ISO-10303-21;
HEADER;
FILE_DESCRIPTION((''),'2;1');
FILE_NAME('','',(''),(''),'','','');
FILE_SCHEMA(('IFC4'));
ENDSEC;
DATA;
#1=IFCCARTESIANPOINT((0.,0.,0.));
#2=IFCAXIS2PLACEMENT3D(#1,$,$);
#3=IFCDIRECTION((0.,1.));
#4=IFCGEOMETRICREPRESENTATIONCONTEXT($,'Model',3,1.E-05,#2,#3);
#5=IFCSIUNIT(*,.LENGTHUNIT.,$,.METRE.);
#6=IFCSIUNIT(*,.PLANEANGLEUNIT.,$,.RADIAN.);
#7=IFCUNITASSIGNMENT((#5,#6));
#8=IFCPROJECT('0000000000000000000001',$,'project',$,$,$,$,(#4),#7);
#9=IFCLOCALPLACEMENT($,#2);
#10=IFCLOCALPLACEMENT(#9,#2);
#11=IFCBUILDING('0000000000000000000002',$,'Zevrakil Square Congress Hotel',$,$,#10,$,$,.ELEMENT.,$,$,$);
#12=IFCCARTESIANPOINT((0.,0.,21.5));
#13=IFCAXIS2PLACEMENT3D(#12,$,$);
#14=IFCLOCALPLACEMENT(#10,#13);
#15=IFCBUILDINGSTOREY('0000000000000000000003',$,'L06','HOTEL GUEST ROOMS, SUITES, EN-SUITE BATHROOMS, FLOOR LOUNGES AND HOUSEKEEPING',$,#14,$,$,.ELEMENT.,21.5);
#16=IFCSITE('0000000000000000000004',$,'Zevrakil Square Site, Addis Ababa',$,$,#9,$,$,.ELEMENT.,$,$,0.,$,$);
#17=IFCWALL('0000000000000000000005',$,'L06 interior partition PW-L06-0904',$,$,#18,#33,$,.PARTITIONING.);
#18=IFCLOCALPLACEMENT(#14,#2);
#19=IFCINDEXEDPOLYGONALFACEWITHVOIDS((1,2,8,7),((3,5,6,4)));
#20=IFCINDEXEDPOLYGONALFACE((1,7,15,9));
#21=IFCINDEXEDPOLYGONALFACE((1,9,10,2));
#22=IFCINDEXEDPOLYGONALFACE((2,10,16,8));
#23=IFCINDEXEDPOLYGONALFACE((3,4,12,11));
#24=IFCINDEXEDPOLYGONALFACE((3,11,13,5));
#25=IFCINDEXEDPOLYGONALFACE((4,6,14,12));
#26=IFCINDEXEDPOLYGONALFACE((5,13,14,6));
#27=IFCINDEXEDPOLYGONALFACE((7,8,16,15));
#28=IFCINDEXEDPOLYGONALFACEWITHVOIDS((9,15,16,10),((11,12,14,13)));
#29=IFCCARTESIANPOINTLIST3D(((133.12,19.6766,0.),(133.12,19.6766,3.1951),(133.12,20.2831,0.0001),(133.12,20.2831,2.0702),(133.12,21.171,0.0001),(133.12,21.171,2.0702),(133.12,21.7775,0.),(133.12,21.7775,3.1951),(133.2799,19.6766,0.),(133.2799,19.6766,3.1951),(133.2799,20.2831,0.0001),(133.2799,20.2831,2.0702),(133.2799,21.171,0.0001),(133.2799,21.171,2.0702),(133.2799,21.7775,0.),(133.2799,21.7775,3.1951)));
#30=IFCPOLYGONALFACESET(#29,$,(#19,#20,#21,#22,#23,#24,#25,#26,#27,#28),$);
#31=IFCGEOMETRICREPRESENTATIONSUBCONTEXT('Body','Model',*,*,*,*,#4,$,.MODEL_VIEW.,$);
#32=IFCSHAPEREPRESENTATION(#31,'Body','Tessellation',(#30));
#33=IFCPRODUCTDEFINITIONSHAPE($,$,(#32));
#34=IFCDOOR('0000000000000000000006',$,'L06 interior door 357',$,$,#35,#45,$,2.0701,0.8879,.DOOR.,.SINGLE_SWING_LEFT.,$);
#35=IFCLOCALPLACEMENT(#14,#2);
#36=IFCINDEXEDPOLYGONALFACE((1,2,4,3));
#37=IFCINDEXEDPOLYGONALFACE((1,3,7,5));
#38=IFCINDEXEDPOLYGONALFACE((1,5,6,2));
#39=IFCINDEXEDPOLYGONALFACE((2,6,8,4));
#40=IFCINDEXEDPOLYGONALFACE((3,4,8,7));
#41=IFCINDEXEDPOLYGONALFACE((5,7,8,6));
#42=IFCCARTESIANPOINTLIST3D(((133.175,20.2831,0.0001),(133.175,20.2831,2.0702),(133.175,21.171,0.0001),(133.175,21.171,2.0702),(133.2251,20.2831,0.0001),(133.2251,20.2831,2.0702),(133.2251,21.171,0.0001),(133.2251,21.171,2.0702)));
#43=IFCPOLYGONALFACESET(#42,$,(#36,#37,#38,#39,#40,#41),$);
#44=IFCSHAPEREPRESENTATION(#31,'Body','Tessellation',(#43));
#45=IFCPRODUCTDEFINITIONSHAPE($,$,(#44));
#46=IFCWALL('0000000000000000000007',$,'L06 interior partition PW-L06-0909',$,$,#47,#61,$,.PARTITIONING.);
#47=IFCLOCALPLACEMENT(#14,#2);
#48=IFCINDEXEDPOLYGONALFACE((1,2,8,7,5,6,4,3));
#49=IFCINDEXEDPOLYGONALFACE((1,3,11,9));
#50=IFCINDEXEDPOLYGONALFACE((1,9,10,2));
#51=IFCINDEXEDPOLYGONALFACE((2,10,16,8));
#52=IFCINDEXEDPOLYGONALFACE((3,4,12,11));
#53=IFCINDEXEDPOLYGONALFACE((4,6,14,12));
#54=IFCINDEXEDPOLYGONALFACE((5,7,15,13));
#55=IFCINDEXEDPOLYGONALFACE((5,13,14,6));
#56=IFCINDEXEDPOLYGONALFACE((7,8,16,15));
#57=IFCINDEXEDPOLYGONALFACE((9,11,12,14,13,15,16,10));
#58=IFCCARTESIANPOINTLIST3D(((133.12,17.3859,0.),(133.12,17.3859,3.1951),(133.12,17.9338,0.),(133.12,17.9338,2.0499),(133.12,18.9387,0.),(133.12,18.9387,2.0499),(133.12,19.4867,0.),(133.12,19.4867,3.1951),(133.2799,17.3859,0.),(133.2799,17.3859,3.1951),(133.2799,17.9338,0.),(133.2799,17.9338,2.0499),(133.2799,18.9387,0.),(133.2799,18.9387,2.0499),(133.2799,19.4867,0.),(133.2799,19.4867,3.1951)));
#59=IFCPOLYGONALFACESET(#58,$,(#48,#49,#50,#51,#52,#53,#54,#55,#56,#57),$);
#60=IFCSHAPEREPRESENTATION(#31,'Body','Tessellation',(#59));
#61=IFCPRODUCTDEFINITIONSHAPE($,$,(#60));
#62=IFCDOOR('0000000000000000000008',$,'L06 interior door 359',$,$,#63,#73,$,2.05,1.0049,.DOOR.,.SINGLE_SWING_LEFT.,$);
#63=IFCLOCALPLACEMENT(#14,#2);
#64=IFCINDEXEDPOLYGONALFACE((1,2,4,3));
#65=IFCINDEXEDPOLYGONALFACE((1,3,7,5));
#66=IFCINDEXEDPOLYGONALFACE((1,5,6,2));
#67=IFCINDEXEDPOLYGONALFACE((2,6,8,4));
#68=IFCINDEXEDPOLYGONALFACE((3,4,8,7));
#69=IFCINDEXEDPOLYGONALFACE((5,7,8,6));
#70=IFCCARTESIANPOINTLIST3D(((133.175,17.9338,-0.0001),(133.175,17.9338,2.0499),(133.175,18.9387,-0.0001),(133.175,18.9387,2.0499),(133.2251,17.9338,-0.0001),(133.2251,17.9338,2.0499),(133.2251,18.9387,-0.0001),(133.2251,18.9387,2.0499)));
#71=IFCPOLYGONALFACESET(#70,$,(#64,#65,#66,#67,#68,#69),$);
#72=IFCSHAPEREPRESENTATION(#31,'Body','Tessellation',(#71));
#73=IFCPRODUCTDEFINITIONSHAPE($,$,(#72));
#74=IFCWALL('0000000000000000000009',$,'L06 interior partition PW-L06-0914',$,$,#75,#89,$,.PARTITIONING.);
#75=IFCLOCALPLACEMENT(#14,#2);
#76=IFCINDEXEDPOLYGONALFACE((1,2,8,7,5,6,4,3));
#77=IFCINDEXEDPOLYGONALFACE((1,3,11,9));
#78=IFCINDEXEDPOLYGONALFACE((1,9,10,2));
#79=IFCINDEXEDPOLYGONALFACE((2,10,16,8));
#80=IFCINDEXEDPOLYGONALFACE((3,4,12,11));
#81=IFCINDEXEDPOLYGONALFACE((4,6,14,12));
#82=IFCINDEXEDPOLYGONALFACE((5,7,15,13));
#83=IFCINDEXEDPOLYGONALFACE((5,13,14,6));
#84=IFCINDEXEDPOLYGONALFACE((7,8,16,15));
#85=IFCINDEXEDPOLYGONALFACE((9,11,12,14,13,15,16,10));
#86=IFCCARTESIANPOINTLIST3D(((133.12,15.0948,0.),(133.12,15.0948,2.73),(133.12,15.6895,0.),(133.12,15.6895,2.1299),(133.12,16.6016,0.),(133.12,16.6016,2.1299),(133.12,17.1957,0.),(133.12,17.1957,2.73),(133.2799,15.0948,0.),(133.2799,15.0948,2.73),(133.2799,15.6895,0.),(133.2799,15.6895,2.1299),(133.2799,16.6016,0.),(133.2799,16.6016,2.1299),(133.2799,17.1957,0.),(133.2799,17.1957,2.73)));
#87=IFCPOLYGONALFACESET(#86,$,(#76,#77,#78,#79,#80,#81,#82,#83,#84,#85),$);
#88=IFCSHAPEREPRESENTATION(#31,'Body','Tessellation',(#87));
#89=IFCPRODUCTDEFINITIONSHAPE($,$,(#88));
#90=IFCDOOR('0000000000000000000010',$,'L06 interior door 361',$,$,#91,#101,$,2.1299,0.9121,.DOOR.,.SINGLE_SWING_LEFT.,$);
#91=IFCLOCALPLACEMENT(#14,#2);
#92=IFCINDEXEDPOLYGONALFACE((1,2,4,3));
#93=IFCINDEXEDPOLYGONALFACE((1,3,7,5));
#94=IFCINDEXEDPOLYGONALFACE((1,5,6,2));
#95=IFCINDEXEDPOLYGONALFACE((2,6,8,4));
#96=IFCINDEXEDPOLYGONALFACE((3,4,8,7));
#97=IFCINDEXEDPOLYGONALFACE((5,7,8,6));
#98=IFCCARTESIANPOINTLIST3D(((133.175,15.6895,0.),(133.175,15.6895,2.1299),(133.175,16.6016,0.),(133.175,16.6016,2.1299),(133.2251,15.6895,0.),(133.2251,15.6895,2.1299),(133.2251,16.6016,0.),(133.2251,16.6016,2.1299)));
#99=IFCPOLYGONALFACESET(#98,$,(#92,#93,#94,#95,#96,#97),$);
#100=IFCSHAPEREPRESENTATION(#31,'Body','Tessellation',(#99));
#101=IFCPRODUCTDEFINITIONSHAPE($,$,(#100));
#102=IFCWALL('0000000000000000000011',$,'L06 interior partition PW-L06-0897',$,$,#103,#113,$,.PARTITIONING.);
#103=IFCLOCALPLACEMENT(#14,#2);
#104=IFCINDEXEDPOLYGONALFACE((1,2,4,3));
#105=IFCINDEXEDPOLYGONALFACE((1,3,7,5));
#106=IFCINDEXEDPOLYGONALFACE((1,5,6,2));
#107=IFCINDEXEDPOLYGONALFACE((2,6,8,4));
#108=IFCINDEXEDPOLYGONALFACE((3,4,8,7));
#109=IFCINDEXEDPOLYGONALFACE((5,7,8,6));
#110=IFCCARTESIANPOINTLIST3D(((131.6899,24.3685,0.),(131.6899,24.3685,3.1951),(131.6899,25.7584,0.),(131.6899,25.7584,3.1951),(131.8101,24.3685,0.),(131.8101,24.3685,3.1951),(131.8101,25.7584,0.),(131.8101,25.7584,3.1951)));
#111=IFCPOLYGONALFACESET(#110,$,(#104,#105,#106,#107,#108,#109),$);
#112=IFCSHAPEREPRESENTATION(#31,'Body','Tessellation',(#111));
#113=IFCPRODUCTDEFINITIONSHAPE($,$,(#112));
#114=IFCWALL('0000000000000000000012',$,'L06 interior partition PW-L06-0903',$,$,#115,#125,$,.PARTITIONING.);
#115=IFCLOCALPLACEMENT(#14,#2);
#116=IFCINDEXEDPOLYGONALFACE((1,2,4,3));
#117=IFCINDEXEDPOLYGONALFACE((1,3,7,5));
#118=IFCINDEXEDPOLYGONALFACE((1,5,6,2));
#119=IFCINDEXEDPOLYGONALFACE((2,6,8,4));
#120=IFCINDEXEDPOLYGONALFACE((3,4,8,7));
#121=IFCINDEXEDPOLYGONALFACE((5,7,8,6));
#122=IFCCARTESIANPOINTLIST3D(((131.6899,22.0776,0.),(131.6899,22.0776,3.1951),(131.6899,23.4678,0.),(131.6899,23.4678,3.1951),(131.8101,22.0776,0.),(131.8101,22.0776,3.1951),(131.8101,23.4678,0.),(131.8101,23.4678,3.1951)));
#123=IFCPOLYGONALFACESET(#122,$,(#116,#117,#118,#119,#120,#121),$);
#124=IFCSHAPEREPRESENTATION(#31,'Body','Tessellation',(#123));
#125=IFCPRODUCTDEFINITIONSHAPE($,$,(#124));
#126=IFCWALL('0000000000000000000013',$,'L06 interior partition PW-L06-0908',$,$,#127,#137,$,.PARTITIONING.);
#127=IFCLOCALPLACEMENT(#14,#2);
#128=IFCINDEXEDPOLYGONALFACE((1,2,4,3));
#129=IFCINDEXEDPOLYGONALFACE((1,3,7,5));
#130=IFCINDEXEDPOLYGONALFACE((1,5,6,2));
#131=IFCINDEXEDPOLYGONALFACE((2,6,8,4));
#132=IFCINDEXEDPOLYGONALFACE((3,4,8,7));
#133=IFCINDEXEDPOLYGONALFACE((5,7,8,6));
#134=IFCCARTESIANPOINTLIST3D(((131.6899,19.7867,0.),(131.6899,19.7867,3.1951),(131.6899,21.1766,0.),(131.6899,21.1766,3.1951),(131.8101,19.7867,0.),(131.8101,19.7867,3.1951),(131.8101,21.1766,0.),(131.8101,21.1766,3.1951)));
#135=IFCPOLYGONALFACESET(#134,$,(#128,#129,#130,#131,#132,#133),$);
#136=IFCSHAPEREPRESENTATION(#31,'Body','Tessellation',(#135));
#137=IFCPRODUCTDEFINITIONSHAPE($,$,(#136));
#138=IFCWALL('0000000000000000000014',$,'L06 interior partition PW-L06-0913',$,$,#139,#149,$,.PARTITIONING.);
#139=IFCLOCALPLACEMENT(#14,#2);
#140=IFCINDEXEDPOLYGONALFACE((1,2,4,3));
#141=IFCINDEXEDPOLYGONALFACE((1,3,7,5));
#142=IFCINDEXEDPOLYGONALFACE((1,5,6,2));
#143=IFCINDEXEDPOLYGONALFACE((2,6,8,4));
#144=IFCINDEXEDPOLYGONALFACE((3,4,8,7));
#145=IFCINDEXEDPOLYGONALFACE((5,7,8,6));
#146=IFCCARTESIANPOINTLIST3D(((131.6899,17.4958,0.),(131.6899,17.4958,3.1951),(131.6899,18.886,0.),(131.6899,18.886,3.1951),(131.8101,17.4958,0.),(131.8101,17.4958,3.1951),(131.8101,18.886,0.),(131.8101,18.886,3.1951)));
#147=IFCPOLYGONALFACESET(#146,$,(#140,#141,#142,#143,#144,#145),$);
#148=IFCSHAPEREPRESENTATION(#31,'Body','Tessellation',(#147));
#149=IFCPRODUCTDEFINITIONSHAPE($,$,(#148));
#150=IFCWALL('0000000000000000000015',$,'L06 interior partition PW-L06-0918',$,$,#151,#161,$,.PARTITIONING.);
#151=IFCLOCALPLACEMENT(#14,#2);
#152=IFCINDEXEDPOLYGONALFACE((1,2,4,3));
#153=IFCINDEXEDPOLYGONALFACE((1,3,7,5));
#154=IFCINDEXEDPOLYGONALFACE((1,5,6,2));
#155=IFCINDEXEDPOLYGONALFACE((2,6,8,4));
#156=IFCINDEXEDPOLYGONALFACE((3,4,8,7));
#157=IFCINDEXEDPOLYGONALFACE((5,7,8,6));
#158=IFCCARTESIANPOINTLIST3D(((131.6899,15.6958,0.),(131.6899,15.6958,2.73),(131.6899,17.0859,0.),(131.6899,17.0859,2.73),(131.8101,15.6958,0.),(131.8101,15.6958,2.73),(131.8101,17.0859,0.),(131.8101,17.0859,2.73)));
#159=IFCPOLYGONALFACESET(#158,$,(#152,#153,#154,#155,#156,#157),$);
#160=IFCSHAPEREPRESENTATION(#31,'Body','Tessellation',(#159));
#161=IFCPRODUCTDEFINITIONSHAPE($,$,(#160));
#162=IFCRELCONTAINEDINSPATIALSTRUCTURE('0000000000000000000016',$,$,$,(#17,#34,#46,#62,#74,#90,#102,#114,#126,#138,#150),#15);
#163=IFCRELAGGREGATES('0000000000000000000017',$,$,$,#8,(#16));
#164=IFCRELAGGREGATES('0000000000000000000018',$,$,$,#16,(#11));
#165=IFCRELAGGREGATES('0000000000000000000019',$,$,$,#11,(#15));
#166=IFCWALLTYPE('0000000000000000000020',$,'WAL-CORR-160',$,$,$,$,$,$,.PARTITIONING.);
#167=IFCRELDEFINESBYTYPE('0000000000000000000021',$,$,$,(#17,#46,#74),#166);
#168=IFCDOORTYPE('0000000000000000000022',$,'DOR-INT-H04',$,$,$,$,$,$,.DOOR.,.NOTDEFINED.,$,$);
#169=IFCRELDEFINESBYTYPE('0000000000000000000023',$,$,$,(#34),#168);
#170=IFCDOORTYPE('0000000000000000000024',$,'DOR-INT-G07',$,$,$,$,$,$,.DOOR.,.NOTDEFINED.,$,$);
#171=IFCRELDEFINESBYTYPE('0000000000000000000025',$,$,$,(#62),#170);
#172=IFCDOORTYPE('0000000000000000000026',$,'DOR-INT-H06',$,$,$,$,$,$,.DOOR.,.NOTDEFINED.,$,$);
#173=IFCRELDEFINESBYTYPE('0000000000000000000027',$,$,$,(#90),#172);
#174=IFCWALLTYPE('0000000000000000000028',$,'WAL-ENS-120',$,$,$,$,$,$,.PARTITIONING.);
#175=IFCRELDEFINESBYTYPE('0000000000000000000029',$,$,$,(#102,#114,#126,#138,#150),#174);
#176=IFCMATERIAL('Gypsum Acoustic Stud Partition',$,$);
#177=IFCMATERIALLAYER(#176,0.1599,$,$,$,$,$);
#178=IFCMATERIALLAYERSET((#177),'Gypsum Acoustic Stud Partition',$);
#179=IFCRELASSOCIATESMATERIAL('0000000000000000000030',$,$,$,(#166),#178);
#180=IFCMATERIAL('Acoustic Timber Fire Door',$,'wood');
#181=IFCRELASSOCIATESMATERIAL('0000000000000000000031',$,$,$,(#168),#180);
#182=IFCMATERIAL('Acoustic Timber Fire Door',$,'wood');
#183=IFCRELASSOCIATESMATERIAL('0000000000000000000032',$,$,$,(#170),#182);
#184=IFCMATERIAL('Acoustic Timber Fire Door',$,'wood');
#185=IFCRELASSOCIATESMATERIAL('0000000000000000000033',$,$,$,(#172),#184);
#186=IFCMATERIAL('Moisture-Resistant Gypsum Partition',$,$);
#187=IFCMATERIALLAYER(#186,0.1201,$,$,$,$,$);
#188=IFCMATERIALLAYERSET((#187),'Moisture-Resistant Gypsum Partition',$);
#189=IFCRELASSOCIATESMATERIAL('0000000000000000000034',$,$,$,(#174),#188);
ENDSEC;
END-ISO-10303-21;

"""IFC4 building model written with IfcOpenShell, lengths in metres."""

from ifc_helpers import new_model, si_unit, direction, frame, frame_2d, origin, place, context, subcontext, project, spatial, rectangle, extrude, material, layer, layer_set, type_object, element, fill, save


model = new_model("IFC4")

# Units and contexts
model_context = context("Model", 3, precision=1e-05, world=origin(), true_north=direction((0.0, 1.0)))
body_context = subcontext(model_context, "Body", "Model", "MODEL_VIEW")
ifc_project = project(units=[si_unit("LENGTHUNIT", "METRE"), si_unit("PLANEANGLEUNIT", "RADIAN")], contexts=[model_context])

# Site, building, storey
site_placement = place(None, origin())
site = spatial("IfcSite", under=ifc_project, at=site_placement, Name="Zevrakil Square Site, Addis Ababa", CompositionType="ELEMENT", RefElevation=0.0)
building_placement = place(site_placement, origin())
building = spatial("IfcBuilding", under=site, at=building_placement, Name="Zevrakil Square Congress Hotel", CompositionType="ELEMENT")
storey_placement = place(building_placement, frame((0.0, 0.0, 21.5)))
storey = spatial("IfcBuildingStorey", under=building, at=storey_placement, Name="L06", Description="HOTEL GUEST ROOMS, SUITES, EN-SUITE BATHROOMS, FLOOR LOUNGES AND HOUSEKEEPING", CompositionType="ELEMENT", Elevation=21.5)

# Shared definitions
ifc_material_1 = material(Name="Gypsum Acoustic Stud Partition")
ifc_layer_1 = layer(ifc_material_1, 0.1599)
ifc_layer_set_1 = layer_set([ifc_layer_1], Name="Gypsum Acoustic Stud Partition")
wall_type_1 = type_object("IfcWallType", Name="WAL-CORR-160", PredefinedType="PARTITIONING", material=ifc_layer_set_1)

# Walls, openings, doors
wall_1_placement = place(storey_placement, frame((133.2, 19.6768, 0.0), z_axis=(0.0, 0.0, 1.0), x_axis=(0.0, 1.0, 0.0)))
wall_1 = element("IfcWall", 1, at=wall_1_placement, inside=storey, type_object=wall_type_1, Name="L06 interior partition PW-L06-0904", PredefinedType="PARTITIONING", context=body_context, shape_type="SweptSolid", body=[
    extrude(rectangle(XDim=2.1008, YDim=0.1599, at=frame_2d((1.0503, 0.0))), origin(), (0.0, 0.0, 1.0), 3.1951),
])
opening_1_placement = place(wall_1_placement, frame((0.6064, 0.0, 0.0)))
opening_1 = element("IfcOpeningElement", 2, at=opening_1_placement, cuts=wall_1, PredefinedType="OPENING", context=body_context, shape_type="SweptSolid", body=[
    extrude(rectangle(XDim=0.8879, YDim=2.0701, at=frame_2d((0.4438, 1.0352))), frame((0.0, 0.0898, 0.0), z_axis=(0.0, -1.0, 0.0), x_axis=(1.0, 0.0, 0.0)), (0.0, 0.0, 1.0), 0.1799),
])
ifc_material_2 = material(Name="Acoustic Timber Fire Door", Category="wood")
door_type_1 = type_object("IfcDoorType", Name="DOR-INT-H04", OperationType="NOTDEFINED", PredefinedType="DOOR", material=ifc_material_2)
door_1_placement = place(opening_1_placement, origin())
door_1 = element("IfcDoor", 3, at=door_1_placement, inside=storey, type_object=door_type_1, Name="L06 interior door 357", OperationType="SINGLE_SWING_LEFT", OverallHeight=2.0701, OverallWidth=0.8879, PredefinedType="DOOR", context=body_context, shape_type="SweptSolid", body=[
    extrude(rectangle(XDim=0.8879, YDim=2.0701, at=frame_2d((0.4438, 1.0352))), frame((0.0, 0.0249, 0.0), z_axis=(0.0, -1.0, 0.0), x_axis=(1.0, 0.0, 0.0)), (0.0, 0.0, 1.0), 0.05),
])
fill(opening_1, door_1)
wall_2_placement = place(storey_placement, frame((133.2, 17.386, 0.0), z_axis=(0.0, 0.0, 1.0), x_axis=(0.0, 1.0, 0.0)))
wall_2 = element("IfcWall", 4, at=wall_2_placement, inside=storey, type_object=wall_type_1, Name="L06 interior partition PW-L06-0909", PredefinedType="PARTITIONING", context=body_context, shape_type="SweptSolid", body=[
    extrude(rectangle(XDim=2.1008, YDim=0.1599, at=frame_2d((1.0503, 0.0))), origin(), (0.0, 0.0, 1.0), 3.1951),
])
opening_2_placement = place(wall_2_placement, frame((0.5479, 0.0, 0.0)))
opening_2 = element("IfcOpeningElement", 5, at=opening_2_placement, cuts=wall_2, PredefinedType="OPENING", context=body_context, shape_type="SweptSolid", body=[
    extrude(rectangle(XDim=1.0049, YDim=2.05, at=frame_2d((0.5024, 1.0249))), frame((0.0, 0.0898, 0.0), z_axis=(0.0, -1.0, 0.0), x_axis=(1.0, 0.0, 0.0)), (0.0, 0.0, 1.0), 0.1799),
])
ifc_material_3 = material(Name="Acoustic Timber Fire Door", Category="wood")
door_type_2 = type_object("IfcDoorType", Name="DOR-INT-G07", OperationType="NOTDEFINED", PredefinedType="DOOR", material=ifc_material_3)
door_2_placement = place(opening_2_placement, origin())
door_2 = element("IfcDoor", 6, at=door_2_placement, inside=storey, type_object=door_type_2, Name="L06 interior door 359", OperationType="SINGLE_SWING_LEFT", OverallHeight=2.05, OverallWidth=1.0049, PredefinedType="DOOR", context=body_context, shape_type="SweptSolid", body=[
    extrude(rectangle(XDim=1.0049, YDim=2.05, at=frame_2d((0.5024, 1.0249))), frame((0.0, 0.0249, 0.0), z_axis=(0.0, -1.0, 0.0), x_axis=(1.0, 0.0, 0.0)), (0.0, 0.0, 1.0), 0.05),
])
fill(opening_2, door_2)
wall_3_placement = place(storey_placement, frame((133.2, 15.095, 0.0), z_axis=(0.0, 0.0, 1.0), x_axis=(0.0, 1.0, 0.0)))
wall_3 = element("IfcWall", 7, at=wall_3_placement, inside=storey, type_object=wall_type_1, Name="L06 interior partition PW-L06-0914", PredefinedType="PARTITIONING", context=body_context, shape_type="SweptSolid", body=[
    extrude(rectangle(XDim=2.1008, YDim=0.1599, at=frame_2d((1.0503, 0.0))), origin(), (0.0, 0.0, 1.0), 2.73),
])
opening_3_placement = place(wall_3_placement, frame((0.5945, 0.0, 0.0)))
opening_3 = element("IfcOpeningElement", 8, at=opening_3_placement, cuts=wall_3, PredefinedType="OPENING", context=body_context, shape_type="SweptSolid", body=[
    extrude(rectangle(XDim=0.9121, YDim=2.1299, at=frame_2d((0.4561, 1.0649))), frame((0.0, 0.0898, 0.0), z_axis=(0.0, -1.0, 0.0), x_axis=(1.0, 0.0, 0.0)), (0.0, 0.0, 1.0), 0.1799),
])
ifc_material_4 = material(Name="Acoustic Timber Fire Door", Category="wood")
door_type_3 = type_object("IfcDoorType", Name="DOR-INT-H06", OperationType="NOTDEFINED", PredefinedType="DOOR", material=ifc_material_4)
door_3_placement = place(opening_3_placement, origin())
door_3 = element("IfcDoor", 9, at=door_3_placement, inside=storey, type_object=door_type_3, Name="L06 interior door 361", OperationType="SINGLE_SWING_LEFT", OverallHeight=2.1299, OverallWidth=0.9121, PredefinedType="DOOR", context=body_context, shape_type="SweptSolid", body=[
    extrude(rectangle(XDim=0.9121, YDim=2.1299, at=frame_2d((0.4561, 1.0649))), frame((0.0, 0.0249, 0.0), z_axis=(0.0, -1.0, 0.0), x_axis=(1.0, 0.0, 0.0)), (0.0, 0.0, 1.0), 0.05),
])
fill(opening_3, door_3)

# Walls
ifc_material_5 = material(Name="Moisture-Resistant Gypsum Partition")
ifc_layer_2 = layer(ifc_material_5, 0.1201)
ifc_layer_set_2 = layer_set([ifc_layer_2], Name="Moisture-Resistant Gypsum Partition")
wall_type_2 = type_object("IfcWallType", Name="WAL-ENS-120", PredefinedType="PARTITIONING", material=ifc_layer_set_2)
wall_4_placement = place(storey_placement, frame((131.75, 24.3687, 0.0), z_axis=(0.0, 0.0, 1.0), x_axis=(0.0, 1.0, 0.0)))
element("IfcWall", 10, at=wall_4_placement, inside=storey, type_object=wall_type_2, Name="L06 interior partition PW-L06-0897", PredefinedType="PARTITIONING", context=body_context, shape_type="SweptSolid", body=[
    extrude(rectangle(XDim=1.3899, YDim=0.1201, at=frame_2d((0.6948, 0.0))), origin(), (0.0, 0.0, 1.0), 3.1951),
])
wall_5_placement = place(storey_placement, frame((131.75, 22.0776, 0.0), z_axis=(0.0, 0.0, 1.0), x_axis=(0.0, 1.0, 0.0)))
element("IfcWall", 11, at=wall_5_placement, inside=storey, type_object=wall_type_2, Name="L06 interior partition PW-L06-0903", PredefinedType="PARTITIONING", context=body_context, shape_type="SweptSolid", body=[
    extrude(rectangle(XDim=1.3901, YDim=0.1201, at=frame_2d((0.6951, 0.0))), origin(), (0.0, 0.0, 1.0), 3.1951),
])
wall_6_placement = place(storey_placement, frame((131.75, 19.7869, 0.0), z_axis=(0.0, 0.0, 1.0), x_axis=(0.0, 1.0, 0.0)))
element("IfcWall", 12, at=wall_6_placement, inside=storey, type_object=wall_type_2, Name="L06 interior partition PW-L06-0908", PredefinedType="PARTITIONING", context=body_context, shape_type="SweptSolid", body=[
    extrude(rectangle(XDim=1.3899, YDim=0.1201, at=frame_2d((0.6948, 0.0))), origin(), (0.0, 0.0, 1.0), 3.1951),
])
wall_7_placement = place(storey_placement, frame((131.75, 17.4958, 0.0), z_axis=(0.0, 0.0, 1.0), x_axis=(0.0, 1.0, 0.0)))
element("IfcWall", 13, at=wall_7_placement, inside=storey, type_object=wall_type_2, Name="L06 interior partition PW-L06-0913", PredefinedType="PARTITIONING", context=body_context, shape_type="SweptSolid", body=[
    extrude(rectangle(XDim=1.3901, YDim=0.1201, at=frame_2d((0.6951, 0.0))), origin(), (0.0, 0.0, 1.0), 3.1951),
])
wall_8_placement = place(storey_placement, frame((131.75, 15.6958, 0.0), z_axis=(0.0, 0.0, 1.0), x_axis=(0.0, 1.0, 0.0)))
element("IfcWall", 14, at=wall_8_placement, inside=storey, type_object=wall_type_2, Name="L06 interior partition PW-L06-0918", PredefinedType="PARTITIONING", context=body_context, shape_type="SweptSolid", body=[
    extrude(rectangle(XDim=1.3901, YDim=0.1201, at=frame_2d((0.6951, 0.0))), origin(), (0.0, 0.0, 1.0), 2.73),
])

save(model, "model.ifc")
